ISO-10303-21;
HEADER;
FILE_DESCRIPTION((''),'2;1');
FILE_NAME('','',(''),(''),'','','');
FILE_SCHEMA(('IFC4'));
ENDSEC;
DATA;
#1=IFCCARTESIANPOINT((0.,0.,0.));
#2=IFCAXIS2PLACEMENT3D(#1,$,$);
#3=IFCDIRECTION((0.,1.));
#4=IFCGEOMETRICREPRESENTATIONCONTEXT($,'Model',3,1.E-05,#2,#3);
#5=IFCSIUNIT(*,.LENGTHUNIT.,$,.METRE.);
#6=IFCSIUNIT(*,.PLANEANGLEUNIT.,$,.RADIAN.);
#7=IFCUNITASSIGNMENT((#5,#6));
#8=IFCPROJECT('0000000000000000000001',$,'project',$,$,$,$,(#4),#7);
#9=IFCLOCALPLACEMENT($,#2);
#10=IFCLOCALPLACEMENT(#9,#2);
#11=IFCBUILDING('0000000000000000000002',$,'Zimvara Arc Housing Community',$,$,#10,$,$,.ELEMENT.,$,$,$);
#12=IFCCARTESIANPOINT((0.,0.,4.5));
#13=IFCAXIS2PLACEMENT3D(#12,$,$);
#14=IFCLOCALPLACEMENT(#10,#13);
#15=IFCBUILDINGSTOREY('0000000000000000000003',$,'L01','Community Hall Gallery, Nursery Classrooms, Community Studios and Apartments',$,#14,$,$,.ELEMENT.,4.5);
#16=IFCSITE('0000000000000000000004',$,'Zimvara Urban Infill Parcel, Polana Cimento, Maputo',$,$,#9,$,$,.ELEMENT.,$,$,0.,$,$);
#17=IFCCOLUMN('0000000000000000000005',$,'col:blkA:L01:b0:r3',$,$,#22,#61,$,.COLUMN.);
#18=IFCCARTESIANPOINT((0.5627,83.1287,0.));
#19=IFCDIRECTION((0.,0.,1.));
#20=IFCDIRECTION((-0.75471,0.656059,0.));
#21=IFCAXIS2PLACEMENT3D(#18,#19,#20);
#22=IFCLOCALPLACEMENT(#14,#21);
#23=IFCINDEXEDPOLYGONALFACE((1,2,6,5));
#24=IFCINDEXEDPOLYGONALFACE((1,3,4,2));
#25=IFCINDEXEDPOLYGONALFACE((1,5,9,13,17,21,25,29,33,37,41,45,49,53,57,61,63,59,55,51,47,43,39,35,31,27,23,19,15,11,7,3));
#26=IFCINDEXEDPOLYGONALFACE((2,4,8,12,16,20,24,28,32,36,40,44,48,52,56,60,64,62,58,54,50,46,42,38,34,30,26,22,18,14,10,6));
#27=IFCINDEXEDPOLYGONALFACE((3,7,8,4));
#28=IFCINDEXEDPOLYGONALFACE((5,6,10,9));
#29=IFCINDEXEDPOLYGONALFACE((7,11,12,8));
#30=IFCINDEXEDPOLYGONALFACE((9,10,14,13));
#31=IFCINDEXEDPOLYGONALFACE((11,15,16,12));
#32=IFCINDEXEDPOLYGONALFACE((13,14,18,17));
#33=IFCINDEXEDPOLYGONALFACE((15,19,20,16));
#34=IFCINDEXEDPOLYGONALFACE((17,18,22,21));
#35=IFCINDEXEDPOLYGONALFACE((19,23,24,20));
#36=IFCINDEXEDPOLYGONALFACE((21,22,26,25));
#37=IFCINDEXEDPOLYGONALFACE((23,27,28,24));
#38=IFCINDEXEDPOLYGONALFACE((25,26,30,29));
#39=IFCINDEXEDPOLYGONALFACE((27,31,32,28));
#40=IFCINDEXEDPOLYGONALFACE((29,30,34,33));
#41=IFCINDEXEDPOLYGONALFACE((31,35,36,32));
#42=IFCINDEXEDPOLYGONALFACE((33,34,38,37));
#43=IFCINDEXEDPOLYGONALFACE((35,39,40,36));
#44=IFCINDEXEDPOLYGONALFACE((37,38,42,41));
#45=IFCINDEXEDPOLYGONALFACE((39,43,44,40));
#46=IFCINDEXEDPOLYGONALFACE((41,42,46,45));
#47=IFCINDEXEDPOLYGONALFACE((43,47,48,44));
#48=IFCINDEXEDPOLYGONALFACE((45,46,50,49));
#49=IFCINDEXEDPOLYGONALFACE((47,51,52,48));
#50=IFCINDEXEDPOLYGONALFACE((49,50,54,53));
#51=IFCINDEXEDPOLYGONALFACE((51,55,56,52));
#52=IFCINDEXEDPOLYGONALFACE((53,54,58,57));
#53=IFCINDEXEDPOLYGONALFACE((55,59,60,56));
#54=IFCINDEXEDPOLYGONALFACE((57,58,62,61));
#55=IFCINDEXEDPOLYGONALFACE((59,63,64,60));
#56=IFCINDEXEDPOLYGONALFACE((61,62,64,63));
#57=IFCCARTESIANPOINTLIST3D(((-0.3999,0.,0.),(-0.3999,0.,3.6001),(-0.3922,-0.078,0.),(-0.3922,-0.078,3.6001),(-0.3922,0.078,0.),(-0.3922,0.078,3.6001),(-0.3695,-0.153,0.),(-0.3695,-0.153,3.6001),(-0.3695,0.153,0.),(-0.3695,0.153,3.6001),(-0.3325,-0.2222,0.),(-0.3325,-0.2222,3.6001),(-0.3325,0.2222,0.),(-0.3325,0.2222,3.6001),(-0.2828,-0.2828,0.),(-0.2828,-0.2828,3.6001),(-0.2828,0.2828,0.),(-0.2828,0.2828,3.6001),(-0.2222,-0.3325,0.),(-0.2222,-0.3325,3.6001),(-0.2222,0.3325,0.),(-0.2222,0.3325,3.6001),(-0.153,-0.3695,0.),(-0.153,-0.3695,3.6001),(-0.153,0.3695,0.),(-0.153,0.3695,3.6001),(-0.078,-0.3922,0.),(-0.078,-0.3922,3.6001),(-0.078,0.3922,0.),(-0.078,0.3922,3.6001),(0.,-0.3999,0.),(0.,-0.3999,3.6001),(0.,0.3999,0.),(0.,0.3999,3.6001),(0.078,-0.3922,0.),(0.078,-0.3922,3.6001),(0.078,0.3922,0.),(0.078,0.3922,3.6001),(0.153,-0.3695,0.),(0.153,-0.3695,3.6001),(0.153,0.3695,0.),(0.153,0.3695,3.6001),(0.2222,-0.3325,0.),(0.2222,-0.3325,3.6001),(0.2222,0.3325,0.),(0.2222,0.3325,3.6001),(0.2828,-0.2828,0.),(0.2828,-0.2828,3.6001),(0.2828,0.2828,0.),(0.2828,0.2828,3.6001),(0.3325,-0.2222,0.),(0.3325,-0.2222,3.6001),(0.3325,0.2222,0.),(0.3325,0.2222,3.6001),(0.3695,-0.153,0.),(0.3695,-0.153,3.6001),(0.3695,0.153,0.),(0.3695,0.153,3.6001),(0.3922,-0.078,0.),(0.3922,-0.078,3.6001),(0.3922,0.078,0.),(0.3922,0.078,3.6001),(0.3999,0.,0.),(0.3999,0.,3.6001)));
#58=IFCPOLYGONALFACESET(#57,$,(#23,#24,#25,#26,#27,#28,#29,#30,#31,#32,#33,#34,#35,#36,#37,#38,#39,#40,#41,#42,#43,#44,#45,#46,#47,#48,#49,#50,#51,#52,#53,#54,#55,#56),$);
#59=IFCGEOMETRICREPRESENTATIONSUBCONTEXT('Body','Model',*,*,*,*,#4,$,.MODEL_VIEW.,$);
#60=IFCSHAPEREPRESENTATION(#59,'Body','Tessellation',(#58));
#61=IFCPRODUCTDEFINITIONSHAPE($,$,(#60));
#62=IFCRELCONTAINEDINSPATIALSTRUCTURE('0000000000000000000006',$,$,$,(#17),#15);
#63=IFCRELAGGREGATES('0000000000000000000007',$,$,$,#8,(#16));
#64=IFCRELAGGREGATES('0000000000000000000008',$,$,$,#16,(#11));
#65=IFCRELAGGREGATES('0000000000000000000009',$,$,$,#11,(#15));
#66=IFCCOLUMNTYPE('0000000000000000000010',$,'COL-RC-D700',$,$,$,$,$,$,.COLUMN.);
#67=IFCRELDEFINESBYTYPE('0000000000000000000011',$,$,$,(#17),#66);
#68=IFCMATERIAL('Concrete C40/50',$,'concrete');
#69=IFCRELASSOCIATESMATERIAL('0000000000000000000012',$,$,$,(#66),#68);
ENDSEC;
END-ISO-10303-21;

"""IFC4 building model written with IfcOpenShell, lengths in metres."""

from ifc_helpers import new_model, si_unit, direction, frame, origin, origin_2d, place, context, subcontext, project, spatial, circle, extrude, material, material_profile, profile_set, type_object, element, save


model = new_model("IFC4")

# Units and contexts
model_context = context("Model", 3, precision=1e-05, world=origin(), true_north=direction((0.0, 1.0)))
body_context = subcontext(model_context, "Body", "Model", "MODEL_VIEW")
ifc_project = project(units=[si_unit("LENGTHUNIT", "METRE"), si_unit("PLANEANGLEUNIT", "RADIAN")], contexts=[model_context])

# Site, building, storey
site_placement = place(None, origin())
site = spatial("IfcSite", under=ifc_project, at=site_placement, Name="Zimvara Urban Infill Parcel, Polana Cimento, Maputo", CompositionType="ELEMENT", RefElevation=0.0)
building_placement = place(site_placement, origin())
building = spatial("IfcBuilding", under=site, at=building_placement, Name="Zimvara Arc Housing Community", CompositionType="ELEMENT")
storey_placement = place(building_placement, frame((0.0, 0.0, 4.5)))
storey = spatial("IfcBuildingStorey", under=building, at=storey_placement, Name="L01", Description="Community Hall Gallery, Nursery Classrooms, Community Studios and Apartments", CompositionType="ELEMENT", Elevation=4.5)

# Column
ifc_material_1 = material(Name="Concrete C40/50", Category="concrete")
ifc_material_profile_1 = material_profile(ifc_material_1, circle(Radius=0.3999, at=origin_2d()), Name="RC D800")
ifc_profile_set_1 = profile_set([ifc_material_profile_1], Name="Concrete C40/50")
column_type_1 = type_object("IfcColumnType", Name="COL-RC-D700", PredefinedType="COLUMN", material=ifc_profile_set_1)
column_1_placement = place(storey_placement, frame((0.5627, 83.1287, 0.0), z_axis=(0.0, 0.0, 1.0), x_axis=(-0.75471, 0.656059, 0.0)))
element("IfcColumn", 1, at=column_1_placement, inside=storey, type_object=column_type_1, Name="col:blkA:L01:b0:r3", PredefinedType="COLUMN", context=body_context, shape_type="SweptSolid", body=[
    extrude(circle(Radius=0.3999, at=origin_2d()), origin(), (0.0, 0.0, 1.0), 3.6001),
])

save(model, "model.ifc")
